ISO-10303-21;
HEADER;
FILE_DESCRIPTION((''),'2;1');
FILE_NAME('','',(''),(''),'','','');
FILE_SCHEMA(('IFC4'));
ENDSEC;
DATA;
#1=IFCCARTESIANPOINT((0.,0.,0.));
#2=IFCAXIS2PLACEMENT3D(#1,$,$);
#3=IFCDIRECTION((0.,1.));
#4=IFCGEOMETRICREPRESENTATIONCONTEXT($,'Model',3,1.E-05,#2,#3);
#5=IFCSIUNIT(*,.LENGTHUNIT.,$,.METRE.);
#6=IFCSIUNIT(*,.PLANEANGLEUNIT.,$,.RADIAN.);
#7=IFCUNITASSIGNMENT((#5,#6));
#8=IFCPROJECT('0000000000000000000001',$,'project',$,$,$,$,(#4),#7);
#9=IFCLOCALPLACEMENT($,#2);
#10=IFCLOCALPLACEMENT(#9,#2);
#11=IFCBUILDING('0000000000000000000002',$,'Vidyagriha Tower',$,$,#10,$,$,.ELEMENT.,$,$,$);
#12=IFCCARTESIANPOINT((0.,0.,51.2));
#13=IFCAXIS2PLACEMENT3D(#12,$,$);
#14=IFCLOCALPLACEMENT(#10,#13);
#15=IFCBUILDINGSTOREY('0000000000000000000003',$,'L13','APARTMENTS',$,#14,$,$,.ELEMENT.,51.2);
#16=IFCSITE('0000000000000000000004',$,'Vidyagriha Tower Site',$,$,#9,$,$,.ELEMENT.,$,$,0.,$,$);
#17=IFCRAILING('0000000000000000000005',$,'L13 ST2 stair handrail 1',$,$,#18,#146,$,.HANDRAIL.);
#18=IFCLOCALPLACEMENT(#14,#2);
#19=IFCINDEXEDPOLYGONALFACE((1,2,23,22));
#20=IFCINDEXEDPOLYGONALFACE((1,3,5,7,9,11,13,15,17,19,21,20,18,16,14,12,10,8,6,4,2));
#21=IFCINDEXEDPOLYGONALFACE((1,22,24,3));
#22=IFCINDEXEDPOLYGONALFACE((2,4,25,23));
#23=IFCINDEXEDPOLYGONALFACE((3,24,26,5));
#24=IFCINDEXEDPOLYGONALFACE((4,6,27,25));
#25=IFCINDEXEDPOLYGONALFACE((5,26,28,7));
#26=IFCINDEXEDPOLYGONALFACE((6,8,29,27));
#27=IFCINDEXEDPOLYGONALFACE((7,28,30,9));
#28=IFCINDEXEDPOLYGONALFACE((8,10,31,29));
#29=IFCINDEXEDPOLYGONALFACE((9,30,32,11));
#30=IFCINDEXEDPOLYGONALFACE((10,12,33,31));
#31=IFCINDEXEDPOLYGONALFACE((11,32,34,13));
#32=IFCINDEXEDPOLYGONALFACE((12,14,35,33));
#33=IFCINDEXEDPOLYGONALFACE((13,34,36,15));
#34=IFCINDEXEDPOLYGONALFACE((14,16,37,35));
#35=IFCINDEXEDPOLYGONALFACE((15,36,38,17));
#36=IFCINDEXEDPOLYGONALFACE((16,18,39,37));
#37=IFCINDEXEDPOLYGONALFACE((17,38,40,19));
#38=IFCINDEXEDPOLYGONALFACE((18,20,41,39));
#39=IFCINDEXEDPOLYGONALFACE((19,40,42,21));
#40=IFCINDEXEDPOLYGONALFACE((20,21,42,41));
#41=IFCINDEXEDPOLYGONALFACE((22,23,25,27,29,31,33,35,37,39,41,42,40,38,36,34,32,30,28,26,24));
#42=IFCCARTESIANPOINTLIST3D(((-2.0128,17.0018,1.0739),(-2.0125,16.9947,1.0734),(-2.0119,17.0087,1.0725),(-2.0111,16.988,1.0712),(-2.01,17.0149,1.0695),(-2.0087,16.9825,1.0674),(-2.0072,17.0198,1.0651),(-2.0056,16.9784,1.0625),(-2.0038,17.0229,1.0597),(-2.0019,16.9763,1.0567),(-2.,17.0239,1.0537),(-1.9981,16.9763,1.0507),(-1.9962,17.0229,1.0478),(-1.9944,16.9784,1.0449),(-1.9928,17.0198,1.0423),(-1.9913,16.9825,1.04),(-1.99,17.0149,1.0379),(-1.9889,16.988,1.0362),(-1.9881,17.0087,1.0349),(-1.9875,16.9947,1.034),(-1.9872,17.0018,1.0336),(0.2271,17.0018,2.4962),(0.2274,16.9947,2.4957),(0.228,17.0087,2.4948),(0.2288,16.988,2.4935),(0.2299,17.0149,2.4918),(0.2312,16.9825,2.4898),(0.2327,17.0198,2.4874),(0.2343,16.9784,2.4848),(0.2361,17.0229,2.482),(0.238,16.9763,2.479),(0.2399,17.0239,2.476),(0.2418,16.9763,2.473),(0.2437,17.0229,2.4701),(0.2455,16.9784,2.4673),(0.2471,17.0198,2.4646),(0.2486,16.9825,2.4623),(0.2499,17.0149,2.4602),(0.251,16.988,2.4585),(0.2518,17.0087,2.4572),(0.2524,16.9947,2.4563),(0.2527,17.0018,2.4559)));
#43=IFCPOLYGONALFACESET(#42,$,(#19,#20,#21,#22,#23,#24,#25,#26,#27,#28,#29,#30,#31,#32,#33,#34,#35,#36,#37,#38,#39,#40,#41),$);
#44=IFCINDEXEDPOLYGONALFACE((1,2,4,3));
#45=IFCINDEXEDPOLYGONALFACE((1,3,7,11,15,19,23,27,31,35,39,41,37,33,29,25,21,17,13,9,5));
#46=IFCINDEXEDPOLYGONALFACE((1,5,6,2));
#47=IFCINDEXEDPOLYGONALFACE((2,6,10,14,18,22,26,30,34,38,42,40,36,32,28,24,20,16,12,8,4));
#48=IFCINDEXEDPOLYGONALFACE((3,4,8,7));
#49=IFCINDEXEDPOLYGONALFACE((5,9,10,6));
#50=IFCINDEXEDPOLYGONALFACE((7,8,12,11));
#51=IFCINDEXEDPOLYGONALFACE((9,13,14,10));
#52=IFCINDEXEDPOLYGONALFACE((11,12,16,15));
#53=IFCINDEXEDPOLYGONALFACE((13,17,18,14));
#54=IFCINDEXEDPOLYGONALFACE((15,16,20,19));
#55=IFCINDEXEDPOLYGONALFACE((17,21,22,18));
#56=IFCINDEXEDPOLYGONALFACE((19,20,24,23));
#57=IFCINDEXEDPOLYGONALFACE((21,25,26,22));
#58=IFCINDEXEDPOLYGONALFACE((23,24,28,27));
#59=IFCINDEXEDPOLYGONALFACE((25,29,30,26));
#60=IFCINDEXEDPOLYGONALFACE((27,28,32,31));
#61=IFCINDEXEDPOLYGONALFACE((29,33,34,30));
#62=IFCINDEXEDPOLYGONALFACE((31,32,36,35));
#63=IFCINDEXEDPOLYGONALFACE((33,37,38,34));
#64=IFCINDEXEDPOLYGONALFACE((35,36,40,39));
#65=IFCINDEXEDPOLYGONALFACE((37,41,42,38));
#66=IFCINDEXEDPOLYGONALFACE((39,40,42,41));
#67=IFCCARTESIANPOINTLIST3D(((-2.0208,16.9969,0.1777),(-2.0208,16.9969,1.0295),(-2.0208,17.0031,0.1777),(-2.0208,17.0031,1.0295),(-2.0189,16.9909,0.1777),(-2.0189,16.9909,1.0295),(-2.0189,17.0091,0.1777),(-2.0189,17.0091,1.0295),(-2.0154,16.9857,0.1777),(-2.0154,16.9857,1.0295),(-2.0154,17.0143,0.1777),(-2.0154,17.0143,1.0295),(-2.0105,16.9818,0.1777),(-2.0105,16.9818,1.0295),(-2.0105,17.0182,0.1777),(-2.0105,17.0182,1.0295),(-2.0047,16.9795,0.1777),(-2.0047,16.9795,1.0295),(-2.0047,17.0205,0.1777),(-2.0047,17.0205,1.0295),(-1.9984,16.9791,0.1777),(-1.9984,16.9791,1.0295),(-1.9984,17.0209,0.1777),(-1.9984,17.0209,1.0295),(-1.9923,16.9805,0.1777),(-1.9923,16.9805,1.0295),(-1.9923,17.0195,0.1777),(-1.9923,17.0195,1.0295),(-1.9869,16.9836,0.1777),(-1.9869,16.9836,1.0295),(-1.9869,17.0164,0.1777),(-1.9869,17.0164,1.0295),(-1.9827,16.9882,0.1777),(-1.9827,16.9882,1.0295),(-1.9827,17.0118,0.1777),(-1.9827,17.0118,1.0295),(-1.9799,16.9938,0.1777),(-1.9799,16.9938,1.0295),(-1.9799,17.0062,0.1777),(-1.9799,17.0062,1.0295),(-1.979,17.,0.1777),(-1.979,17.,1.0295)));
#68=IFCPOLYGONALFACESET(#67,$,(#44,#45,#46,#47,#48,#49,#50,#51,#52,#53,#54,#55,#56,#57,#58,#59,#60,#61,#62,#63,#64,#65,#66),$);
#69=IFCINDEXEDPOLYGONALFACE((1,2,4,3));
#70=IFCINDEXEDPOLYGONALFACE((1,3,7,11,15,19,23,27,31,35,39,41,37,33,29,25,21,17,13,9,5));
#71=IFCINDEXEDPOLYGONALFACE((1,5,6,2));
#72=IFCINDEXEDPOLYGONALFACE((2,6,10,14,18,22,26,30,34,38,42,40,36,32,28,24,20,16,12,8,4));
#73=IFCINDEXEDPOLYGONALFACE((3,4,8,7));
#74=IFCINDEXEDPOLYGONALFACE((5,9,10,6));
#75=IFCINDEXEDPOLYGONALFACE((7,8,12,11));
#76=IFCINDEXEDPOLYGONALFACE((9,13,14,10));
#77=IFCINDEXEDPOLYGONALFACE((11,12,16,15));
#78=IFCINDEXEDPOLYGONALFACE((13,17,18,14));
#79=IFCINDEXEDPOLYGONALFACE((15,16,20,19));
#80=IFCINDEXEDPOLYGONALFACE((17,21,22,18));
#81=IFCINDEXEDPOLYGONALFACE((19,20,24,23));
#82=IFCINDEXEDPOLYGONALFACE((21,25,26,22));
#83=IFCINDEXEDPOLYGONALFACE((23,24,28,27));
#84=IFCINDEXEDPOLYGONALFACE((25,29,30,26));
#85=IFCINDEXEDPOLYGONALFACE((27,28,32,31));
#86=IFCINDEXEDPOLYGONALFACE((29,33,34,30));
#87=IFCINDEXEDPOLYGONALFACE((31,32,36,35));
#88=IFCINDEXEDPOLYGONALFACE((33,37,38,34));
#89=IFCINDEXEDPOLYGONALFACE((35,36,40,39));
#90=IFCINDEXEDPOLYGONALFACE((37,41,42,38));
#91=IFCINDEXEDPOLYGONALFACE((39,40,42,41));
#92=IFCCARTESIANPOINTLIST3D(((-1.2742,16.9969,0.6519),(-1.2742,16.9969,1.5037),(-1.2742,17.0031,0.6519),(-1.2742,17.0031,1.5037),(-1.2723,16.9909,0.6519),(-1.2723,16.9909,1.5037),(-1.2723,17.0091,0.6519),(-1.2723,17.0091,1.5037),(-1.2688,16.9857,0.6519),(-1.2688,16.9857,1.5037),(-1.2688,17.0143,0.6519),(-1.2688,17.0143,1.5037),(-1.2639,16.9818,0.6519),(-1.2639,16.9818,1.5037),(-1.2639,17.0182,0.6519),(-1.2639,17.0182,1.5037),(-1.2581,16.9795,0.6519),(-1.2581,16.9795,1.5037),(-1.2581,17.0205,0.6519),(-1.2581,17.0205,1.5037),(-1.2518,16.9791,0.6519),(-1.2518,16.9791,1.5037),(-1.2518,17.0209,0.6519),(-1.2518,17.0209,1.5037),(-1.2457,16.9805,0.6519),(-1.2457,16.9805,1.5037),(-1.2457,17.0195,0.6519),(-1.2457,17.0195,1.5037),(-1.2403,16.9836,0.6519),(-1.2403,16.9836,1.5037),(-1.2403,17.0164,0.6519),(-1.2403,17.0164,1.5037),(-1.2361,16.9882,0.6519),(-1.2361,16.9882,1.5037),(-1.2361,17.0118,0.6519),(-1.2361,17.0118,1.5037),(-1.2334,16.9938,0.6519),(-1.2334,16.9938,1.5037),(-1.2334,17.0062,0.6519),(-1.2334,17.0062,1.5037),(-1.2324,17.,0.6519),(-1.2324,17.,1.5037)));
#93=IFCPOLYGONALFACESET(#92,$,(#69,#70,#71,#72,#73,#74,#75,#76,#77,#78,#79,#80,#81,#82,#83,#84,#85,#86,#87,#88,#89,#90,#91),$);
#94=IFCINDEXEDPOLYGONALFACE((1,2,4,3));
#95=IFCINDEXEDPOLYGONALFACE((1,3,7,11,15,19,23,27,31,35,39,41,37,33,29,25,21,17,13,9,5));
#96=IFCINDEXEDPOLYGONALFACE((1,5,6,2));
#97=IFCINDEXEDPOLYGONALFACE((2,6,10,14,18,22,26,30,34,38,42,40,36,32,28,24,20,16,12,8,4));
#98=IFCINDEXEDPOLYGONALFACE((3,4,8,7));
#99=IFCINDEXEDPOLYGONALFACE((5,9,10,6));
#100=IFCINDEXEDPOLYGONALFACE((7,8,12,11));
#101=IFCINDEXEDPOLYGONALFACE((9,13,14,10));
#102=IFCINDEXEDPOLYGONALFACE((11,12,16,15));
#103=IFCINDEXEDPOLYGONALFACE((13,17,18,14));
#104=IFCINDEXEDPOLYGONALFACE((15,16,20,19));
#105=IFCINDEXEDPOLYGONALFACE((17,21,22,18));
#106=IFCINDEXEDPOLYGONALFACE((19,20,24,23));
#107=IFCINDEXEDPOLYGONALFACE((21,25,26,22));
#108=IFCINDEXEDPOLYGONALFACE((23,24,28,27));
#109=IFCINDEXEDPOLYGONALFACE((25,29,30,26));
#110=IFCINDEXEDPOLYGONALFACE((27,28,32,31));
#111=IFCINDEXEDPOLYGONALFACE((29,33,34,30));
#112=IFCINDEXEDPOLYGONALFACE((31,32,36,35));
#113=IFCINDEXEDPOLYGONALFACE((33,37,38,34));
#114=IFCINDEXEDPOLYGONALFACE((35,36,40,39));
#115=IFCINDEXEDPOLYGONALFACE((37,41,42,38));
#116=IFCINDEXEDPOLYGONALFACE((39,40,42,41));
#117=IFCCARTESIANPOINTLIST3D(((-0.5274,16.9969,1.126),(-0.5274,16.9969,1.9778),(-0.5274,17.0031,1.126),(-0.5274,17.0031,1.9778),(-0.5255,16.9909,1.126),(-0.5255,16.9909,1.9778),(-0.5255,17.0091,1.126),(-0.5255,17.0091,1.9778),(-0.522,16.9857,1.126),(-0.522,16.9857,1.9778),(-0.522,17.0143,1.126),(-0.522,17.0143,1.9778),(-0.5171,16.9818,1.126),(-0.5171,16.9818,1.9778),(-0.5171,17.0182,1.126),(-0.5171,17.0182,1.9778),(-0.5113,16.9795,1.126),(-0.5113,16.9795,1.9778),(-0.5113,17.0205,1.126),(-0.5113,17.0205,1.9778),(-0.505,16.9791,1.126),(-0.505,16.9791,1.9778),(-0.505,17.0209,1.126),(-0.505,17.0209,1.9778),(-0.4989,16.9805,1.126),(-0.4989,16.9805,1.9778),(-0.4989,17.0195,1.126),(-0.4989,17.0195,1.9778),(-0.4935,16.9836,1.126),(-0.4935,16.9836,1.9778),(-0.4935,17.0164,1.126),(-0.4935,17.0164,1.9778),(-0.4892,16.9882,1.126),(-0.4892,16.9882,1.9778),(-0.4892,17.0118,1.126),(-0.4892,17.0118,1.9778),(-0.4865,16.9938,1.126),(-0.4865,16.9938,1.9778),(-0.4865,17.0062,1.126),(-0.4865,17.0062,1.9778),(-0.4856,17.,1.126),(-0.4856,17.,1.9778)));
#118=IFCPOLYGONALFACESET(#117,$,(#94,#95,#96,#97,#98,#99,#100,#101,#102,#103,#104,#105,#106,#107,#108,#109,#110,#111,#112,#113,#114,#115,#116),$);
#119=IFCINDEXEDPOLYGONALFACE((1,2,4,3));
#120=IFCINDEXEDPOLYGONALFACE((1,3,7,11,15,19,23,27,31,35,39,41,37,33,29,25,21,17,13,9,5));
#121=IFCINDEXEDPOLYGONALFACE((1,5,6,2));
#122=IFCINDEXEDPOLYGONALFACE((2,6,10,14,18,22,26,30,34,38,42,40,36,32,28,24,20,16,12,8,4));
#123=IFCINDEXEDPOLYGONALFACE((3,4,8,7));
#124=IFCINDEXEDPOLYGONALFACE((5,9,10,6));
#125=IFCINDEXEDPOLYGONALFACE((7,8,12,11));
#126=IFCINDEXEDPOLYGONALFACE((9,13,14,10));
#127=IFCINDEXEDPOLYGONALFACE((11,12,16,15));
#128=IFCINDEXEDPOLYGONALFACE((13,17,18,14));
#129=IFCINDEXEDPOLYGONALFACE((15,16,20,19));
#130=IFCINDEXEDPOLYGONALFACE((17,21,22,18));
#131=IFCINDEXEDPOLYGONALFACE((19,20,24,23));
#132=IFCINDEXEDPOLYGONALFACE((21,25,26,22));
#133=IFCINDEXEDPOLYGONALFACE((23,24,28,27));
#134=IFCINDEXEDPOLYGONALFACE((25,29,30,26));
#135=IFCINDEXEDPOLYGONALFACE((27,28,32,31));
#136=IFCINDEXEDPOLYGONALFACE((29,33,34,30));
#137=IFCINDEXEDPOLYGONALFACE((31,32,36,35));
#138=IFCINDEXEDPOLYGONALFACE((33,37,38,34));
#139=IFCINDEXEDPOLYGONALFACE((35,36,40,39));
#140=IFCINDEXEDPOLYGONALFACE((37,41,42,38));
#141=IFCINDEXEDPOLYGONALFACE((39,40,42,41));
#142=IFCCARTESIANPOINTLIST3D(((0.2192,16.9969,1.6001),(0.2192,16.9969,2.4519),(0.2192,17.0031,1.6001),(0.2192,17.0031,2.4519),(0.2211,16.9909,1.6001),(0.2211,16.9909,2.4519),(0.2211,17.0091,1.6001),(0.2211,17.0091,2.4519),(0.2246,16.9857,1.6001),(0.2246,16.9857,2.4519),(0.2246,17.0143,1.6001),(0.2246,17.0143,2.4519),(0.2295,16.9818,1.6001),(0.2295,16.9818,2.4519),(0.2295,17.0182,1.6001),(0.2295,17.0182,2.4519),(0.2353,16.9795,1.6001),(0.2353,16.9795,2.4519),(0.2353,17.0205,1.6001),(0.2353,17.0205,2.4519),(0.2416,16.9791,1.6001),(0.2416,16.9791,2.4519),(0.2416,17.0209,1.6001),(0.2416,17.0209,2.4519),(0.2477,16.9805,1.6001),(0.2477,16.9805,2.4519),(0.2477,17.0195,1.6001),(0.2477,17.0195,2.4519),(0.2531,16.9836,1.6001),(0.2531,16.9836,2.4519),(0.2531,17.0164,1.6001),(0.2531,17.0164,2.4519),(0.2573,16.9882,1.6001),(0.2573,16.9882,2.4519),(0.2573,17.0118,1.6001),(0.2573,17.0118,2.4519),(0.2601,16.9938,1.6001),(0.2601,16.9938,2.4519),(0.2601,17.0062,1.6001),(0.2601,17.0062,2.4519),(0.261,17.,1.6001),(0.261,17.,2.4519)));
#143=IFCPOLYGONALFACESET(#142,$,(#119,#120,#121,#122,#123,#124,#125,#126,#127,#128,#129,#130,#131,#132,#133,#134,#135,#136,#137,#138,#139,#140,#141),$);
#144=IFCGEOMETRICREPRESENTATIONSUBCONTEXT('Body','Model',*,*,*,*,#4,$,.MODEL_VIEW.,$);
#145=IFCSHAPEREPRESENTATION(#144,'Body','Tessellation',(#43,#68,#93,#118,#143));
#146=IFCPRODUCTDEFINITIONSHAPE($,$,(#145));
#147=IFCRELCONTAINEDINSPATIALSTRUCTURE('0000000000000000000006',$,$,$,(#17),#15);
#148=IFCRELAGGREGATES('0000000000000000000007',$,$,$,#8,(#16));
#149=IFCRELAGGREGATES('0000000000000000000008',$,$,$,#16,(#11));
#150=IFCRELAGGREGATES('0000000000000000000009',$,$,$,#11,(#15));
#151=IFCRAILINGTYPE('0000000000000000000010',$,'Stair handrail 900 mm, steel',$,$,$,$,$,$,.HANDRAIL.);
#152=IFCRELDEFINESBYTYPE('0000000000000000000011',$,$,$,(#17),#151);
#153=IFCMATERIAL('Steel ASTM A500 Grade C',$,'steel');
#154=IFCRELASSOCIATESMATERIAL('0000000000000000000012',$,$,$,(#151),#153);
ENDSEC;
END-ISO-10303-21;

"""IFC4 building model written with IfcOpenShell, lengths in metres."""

from ifc_helpers import new_model, si_unit, direction, frame, origin, origin_2d, place, context, subcontext, project, spatial, circle, extrude, material, type_object, element, save


model = new_model("IFC4")

# Units and contexts
model_context = context("Model", 3, precision=1e-05, world=origin(), true_north=direction((0.0, 1.0)))
body_context = subcontext(model_context, "Body", "Model", "MODEL_VIEW")
ifc_project = project(units=[si_unit("LENGTHUNIT", "METRE"), si_unit("PLANEANGLEUNIT", "RADIAN")], contexts=[model_context])

# Site, building, storey
site_placement = place(None, origin())
site = spatial("IfcSite", under=ifc_project, at=site_placement, Name="Vidyagriha Tower Site", CompositionType="ELEMENT", RefElevation=0.0)
building_placement = place(site_placement, origin())
building = spatial("IfcBuilding", under=site, at=building_placement, Name="Vidyagriha Tower", CompositionType="ELEMENT")
storey_placement = place(building_placement, frame((0.0, 0.0, 51.2)))
storey = spatial("IfcBuildingStorey", under=building, at=storey_placement, Name="L13", Description="APARTMENTS", CompositionType="ELEMENT", Elevation=51.2)

# Railing
ifc_material_1 = material(Name="Steel ASTM A500 Grade C", Category="steel")
railing_type_1 = type_object("IfcRailingType", Name="Stair handrail 900 mm, steel", PredefinedType="HANDRAIL", material=ifc_material_1)
railing_1_placement = place(storey_placement, frame((-2.0, 17.0, 0.1777)))
element("IfcRailing", 1, at=railing_1_placement, inside=storey, type_object=railing_type_1, Name="L13 ST2 stair handrail 1", PredefinedType="HANDRAIL", context=body_context, shape_type="SweptSolid", body=[
    extrude(circle(Radius=0.0239, at=origin_2d()), frame((0.0, 0.0, 0.876), z_axis=(0.844188, 0.0, 0.536048), x_axis=(0.0, 1.0, 0.0)), (0.0, 0.0, 1.0), 2.6533),
    extrude(circle(Radius=0.021, at=origin_2d()), origin(), (0.0, 0.0, 1.0), 0.8518),
    extrude(circle(Radius=0.021, at=origin_2d()), frame((0.7466, 0.0, 0.4741)), (0.0, 0.0, 1.0), 0.8518),
    extrude(circle(Radius=0.021, at=origin_2d()), frame((1.4934, 0.0, 0.9482)), (0.0, 0.0, 1.0), 0.8518),
    extrude(circle(Radius=0.021, at=origin_2d()), frame((2.24, 0.0, 1.4224)), (0.0, 0.0, 1.0), 0.8518),
])

save(model, "model.ifc")
